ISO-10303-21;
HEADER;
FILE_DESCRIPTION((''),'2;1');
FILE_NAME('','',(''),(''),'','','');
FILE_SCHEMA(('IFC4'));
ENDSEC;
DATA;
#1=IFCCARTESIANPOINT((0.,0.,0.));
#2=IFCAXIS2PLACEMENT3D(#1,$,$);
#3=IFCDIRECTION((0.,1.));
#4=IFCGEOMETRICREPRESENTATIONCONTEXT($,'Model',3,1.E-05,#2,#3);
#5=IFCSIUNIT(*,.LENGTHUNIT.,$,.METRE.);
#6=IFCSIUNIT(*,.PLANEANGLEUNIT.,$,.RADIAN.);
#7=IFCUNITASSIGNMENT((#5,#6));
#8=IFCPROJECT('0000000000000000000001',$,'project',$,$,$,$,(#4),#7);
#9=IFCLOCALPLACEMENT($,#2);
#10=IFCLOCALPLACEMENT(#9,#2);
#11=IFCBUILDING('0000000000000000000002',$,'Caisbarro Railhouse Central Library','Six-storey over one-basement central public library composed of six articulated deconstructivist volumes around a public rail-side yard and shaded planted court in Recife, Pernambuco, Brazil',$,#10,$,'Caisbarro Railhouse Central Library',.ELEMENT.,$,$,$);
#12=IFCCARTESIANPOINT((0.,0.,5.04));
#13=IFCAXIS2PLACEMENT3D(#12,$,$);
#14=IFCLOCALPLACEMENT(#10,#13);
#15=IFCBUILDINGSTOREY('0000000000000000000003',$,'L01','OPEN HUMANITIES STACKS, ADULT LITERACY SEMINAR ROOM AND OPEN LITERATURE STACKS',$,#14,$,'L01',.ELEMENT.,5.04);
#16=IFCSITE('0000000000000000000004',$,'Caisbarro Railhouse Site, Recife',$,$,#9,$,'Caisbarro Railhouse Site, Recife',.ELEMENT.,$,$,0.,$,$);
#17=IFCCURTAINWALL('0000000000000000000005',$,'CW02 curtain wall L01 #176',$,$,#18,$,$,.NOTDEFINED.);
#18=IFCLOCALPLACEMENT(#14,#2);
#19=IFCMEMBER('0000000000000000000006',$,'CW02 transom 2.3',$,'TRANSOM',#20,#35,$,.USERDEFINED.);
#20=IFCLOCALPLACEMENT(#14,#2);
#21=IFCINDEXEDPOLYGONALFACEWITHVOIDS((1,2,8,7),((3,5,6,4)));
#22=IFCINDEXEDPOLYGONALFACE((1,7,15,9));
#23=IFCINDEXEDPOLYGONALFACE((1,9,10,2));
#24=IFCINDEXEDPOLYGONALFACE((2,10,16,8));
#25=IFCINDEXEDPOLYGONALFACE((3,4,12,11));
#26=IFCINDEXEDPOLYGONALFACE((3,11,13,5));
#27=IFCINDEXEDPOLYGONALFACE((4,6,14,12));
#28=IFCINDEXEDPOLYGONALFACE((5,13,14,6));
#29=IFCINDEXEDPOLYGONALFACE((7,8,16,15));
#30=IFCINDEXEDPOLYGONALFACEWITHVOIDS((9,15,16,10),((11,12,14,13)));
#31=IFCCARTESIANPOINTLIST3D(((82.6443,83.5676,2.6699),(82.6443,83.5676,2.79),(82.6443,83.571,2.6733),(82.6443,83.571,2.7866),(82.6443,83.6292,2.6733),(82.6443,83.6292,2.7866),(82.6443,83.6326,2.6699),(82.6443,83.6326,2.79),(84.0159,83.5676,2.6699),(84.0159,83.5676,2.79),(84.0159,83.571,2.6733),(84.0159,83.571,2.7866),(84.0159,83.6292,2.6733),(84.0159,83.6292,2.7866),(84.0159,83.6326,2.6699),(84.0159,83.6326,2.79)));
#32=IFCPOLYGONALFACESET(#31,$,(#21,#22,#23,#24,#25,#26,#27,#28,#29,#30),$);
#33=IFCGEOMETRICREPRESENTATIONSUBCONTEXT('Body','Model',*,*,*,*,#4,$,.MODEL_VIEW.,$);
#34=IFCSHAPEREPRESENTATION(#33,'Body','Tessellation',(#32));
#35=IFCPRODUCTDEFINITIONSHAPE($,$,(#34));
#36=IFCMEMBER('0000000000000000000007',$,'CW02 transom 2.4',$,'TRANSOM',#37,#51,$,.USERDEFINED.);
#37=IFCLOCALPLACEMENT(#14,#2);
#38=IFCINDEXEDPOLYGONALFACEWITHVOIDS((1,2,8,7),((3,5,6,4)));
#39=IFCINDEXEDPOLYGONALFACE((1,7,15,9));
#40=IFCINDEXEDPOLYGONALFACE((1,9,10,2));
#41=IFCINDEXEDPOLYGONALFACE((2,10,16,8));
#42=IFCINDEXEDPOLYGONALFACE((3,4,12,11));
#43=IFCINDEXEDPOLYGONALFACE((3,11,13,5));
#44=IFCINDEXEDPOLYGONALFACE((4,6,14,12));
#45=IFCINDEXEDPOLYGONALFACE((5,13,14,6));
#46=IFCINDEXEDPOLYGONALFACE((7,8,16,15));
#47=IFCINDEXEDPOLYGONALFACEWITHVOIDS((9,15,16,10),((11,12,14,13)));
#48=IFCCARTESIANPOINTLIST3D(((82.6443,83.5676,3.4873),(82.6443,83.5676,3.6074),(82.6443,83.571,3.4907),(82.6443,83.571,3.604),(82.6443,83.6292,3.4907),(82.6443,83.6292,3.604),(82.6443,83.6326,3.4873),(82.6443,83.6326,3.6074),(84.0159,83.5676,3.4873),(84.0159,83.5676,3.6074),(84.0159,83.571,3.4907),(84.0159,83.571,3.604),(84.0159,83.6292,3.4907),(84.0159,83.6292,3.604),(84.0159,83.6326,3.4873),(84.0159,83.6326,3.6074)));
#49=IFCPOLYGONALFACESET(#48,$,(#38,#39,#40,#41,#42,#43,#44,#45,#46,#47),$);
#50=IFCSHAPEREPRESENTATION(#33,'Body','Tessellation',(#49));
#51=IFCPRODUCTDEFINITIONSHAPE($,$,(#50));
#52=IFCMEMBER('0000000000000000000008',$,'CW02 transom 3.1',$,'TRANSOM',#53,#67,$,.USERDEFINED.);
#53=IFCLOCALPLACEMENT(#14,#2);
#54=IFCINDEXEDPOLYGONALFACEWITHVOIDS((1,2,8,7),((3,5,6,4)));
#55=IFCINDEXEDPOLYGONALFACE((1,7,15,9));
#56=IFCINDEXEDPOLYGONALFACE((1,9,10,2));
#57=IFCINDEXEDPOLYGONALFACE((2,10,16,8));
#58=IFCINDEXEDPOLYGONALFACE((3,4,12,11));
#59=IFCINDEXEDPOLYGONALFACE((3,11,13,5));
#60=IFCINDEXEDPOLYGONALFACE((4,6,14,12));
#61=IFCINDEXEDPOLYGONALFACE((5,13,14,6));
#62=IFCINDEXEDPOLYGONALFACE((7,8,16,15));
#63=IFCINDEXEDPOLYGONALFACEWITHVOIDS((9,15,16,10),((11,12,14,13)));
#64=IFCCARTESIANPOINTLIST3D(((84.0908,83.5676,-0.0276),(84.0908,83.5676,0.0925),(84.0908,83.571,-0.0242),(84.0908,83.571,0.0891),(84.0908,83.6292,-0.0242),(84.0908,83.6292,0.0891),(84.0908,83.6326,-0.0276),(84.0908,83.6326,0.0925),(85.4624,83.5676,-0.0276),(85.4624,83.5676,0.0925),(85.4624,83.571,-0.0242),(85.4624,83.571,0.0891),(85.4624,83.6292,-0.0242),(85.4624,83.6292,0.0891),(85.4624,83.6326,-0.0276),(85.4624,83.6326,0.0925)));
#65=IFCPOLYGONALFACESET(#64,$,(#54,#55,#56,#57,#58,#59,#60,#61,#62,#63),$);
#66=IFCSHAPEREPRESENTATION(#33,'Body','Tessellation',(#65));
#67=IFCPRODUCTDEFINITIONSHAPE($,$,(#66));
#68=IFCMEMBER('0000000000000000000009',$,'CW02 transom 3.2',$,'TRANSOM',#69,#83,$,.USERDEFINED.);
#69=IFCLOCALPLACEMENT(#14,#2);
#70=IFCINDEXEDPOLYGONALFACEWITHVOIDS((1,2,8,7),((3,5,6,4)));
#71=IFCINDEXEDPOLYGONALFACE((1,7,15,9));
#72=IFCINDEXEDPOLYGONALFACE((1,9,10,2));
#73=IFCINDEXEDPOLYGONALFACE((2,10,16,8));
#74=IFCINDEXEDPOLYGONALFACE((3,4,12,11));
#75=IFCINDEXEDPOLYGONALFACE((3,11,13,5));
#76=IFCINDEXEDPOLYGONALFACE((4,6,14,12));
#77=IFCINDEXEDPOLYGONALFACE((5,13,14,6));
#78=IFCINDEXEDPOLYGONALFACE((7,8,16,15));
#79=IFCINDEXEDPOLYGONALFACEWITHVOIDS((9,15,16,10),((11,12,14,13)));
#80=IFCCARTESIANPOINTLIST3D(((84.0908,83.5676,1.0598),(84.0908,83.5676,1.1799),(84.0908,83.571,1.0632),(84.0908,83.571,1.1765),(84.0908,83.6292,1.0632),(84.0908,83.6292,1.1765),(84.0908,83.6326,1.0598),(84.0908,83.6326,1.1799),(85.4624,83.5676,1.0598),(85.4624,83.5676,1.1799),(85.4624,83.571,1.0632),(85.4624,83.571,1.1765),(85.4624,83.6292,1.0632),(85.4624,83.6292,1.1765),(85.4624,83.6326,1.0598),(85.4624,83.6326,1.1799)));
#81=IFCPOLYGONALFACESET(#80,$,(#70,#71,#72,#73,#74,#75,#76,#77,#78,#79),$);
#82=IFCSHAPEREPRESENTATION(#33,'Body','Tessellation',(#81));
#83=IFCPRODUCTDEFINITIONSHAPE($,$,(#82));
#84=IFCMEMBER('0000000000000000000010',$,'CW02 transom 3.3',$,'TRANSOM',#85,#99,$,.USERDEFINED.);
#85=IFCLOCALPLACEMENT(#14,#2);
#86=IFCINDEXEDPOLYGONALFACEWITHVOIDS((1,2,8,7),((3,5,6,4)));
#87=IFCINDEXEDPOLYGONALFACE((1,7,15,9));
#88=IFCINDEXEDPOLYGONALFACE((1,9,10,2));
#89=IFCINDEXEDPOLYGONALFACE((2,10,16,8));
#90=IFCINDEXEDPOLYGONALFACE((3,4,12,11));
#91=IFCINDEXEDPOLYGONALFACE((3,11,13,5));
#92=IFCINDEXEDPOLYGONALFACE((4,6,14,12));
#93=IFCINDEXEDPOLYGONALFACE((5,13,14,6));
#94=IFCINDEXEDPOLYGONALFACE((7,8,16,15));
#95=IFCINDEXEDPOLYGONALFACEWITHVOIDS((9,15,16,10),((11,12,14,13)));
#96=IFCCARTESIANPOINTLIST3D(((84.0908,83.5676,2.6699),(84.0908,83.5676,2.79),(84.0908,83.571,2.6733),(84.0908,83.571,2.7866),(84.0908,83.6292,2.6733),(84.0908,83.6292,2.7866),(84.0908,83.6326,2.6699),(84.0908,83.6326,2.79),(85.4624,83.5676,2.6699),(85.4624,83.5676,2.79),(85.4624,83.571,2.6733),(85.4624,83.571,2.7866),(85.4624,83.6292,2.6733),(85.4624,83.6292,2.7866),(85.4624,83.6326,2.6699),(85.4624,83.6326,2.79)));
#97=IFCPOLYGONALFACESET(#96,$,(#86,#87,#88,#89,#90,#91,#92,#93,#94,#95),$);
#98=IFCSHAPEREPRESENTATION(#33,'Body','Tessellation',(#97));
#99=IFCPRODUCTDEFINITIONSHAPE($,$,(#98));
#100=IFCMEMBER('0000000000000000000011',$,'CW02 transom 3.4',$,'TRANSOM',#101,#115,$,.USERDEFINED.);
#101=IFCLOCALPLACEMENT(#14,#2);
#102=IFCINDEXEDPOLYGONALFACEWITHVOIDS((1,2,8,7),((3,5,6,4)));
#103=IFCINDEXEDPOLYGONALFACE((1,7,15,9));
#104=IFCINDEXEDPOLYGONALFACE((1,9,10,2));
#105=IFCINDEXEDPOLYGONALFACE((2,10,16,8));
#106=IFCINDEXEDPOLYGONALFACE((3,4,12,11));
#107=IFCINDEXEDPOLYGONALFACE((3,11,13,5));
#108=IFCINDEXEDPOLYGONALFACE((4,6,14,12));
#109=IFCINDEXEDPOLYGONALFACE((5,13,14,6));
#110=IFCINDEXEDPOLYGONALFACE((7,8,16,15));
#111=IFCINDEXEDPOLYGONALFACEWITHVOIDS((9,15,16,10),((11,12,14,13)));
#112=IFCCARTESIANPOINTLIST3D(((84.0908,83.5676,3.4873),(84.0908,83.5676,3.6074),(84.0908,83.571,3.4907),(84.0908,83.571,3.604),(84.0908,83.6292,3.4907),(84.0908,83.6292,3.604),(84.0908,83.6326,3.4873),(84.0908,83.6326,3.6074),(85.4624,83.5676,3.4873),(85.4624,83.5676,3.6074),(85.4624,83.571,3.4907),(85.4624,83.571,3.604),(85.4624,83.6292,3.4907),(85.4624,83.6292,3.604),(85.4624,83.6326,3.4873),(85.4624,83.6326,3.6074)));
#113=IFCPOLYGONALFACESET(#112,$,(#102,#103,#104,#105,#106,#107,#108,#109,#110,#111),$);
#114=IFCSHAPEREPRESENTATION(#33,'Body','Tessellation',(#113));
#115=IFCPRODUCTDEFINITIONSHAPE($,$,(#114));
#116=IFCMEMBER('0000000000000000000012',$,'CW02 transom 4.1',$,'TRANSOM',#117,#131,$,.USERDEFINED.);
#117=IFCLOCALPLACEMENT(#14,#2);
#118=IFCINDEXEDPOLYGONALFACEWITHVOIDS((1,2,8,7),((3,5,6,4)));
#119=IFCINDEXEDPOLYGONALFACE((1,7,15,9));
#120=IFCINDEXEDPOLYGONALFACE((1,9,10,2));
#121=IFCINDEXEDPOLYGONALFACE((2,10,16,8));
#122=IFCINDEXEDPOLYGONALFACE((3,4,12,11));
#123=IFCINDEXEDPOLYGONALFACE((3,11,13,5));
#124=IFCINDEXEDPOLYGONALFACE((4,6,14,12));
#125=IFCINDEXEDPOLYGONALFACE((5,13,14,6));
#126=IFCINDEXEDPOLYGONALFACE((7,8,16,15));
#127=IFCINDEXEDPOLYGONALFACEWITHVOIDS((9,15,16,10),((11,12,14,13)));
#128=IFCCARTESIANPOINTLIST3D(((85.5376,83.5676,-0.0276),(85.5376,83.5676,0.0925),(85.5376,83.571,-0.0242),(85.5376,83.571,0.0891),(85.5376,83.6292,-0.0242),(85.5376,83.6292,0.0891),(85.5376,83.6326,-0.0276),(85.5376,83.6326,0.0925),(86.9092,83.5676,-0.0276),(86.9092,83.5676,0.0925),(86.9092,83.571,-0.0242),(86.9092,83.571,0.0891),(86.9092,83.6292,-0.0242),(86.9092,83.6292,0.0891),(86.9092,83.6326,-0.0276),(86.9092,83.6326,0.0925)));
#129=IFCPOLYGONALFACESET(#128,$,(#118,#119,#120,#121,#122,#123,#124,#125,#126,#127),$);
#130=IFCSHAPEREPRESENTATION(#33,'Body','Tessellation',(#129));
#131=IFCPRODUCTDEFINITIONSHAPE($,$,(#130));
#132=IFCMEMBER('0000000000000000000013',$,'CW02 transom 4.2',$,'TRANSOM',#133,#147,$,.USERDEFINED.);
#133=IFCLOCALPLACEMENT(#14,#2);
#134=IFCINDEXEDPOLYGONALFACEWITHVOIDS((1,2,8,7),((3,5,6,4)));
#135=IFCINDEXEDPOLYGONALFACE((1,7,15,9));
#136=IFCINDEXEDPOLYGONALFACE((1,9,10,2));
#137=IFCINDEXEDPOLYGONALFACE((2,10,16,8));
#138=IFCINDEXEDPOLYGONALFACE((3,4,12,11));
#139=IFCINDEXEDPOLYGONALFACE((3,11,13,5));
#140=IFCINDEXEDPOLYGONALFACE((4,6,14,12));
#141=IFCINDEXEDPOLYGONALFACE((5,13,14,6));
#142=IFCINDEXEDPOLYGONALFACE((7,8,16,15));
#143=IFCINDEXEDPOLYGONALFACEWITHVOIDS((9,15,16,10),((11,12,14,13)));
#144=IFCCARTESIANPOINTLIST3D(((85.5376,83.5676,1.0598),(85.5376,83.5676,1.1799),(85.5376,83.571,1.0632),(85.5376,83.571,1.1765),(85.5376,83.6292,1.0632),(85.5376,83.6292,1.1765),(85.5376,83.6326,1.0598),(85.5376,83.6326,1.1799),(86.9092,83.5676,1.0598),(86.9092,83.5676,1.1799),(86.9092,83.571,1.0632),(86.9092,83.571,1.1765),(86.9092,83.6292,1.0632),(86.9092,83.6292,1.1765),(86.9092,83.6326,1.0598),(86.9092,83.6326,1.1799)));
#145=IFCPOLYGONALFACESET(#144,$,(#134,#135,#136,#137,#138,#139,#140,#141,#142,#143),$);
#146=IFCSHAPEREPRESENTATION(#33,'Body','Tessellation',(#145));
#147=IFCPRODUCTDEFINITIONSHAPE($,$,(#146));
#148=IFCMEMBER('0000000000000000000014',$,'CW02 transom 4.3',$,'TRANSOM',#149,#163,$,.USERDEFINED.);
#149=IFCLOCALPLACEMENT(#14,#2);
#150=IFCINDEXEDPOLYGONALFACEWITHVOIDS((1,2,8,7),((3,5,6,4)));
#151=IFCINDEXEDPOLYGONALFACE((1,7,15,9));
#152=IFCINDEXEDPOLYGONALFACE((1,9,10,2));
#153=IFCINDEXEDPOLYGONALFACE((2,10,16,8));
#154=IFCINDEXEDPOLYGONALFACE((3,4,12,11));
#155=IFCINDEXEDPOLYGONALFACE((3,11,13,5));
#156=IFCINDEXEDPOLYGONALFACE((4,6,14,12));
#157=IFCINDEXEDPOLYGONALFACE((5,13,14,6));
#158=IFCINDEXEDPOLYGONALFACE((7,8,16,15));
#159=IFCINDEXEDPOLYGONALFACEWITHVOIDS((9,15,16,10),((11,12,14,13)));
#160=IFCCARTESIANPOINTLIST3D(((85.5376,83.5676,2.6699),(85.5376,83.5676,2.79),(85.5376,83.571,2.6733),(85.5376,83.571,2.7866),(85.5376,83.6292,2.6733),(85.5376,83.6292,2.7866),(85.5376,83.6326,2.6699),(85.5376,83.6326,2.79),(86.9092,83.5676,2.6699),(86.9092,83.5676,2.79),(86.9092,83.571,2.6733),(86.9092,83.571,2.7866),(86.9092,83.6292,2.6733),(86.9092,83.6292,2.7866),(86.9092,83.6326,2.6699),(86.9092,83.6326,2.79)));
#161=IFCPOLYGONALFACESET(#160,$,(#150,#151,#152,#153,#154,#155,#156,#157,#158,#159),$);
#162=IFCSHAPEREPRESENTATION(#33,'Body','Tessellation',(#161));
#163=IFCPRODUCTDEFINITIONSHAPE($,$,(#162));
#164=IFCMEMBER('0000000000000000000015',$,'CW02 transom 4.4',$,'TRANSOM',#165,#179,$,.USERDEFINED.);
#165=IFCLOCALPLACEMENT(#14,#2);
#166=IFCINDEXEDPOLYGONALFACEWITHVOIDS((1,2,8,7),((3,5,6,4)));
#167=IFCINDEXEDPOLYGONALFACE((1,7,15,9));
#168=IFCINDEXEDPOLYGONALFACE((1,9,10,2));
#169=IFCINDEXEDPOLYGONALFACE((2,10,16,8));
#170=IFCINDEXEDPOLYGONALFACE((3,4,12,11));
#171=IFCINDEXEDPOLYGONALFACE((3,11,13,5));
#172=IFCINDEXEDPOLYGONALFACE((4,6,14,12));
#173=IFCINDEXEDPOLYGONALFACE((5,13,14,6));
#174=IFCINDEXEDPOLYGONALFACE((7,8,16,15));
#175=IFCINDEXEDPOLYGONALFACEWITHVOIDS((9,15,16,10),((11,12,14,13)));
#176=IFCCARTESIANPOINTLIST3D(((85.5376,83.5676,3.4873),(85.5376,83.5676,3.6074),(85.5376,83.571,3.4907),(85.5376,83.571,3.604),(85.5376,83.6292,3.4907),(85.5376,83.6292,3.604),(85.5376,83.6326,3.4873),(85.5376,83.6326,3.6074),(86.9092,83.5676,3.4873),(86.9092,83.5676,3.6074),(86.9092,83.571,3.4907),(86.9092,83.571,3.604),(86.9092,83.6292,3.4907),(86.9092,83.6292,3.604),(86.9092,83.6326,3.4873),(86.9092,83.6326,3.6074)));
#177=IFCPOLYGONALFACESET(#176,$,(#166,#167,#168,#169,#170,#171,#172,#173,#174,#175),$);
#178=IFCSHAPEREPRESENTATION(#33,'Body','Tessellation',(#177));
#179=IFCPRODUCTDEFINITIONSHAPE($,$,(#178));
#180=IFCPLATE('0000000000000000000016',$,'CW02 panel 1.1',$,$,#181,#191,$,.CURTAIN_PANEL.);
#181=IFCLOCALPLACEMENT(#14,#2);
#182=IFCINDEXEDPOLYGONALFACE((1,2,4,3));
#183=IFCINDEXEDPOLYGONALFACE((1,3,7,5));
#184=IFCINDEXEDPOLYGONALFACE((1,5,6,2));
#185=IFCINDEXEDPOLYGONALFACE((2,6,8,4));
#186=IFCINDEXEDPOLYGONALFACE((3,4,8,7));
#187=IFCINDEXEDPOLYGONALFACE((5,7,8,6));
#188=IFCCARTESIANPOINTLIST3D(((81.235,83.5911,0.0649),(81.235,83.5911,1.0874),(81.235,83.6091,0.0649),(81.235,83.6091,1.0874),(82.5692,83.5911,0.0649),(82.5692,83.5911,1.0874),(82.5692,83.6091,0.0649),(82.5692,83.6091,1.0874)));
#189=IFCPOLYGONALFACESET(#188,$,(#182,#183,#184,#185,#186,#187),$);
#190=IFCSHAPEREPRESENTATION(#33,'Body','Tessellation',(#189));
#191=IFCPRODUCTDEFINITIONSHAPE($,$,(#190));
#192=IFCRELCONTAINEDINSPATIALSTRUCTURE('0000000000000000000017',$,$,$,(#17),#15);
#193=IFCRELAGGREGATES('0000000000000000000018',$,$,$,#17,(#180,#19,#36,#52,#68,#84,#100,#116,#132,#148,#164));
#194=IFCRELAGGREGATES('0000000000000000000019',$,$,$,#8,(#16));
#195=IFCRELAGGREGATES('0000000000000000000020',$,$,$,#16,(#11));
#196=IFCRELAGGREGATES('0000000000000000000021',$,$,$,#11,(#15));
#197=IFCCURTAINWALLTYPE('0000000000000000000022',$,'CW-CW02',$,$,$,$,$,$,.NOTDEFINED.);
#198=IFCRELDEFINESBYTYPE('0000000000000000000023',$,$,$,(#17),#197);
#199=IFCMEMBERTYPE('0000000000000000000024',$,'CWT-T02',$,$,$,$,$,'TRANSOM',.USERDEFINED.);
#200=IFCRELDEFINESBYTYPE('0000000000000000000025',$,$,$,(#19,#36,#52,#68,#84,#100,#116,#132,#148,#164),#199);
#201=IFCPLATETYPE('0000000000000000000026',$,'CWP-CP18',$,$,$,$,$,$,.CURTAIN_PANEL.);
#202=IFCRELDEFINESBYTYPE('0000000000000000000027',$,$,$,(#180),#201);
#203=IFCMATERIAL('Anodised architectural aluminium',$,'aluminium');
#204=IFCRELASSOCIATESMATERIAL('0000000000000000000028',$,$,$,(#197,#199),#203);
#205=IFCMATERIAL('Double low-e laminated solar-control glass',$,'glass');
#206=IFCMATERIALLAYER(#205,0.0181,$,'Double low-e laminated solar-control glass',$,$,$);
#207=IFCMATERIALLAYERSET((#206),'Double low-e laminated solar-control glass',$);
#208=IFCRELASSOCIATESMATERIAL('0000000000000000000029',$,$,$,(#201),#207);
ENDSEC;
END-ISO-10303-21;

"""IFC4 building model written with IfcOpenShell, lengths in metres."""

from ifc_helpers import new_model, si_unit, direction, frame, origin, origin_2d, place, context, subcontext, project, spatial, rectangle, hollow_rectangle, extrude, material, layer, layer_set, material_profile, profile_set, type_object, element, aggregate, save


model = new_model("IFC4")

# Units and contexts
model_context = context("Model", 3, precision=1e-05, world=origin(), true_north=direction((0.0, 1.0)))
body_context = subcontext(model_context, "Body", "Model", "MODEL_VIEW")
ifc_project = project(units=[si_unit("LENGTHUNIT", "METRE"), si_unit("PLANEANGLEUNIT", "RADIAN")], contexts=[model_context])

# Site, building, storey
site_placement = place(None, origin())
site = spatial("IfcSite", under=ifc_project, at=site_placement, Name="Caisbarro Railhouse Site, Recife", LongName="Caisbarro Railhouse Site, Recife", CompositionType="ELEMENT", RefElevation=0.0)
building_placement = place(site_placement, origin())
building = spatial("IfcBuilding", under=site, at=building_placement, Name="Caisbarro Railhouse Central Library", Description="Six-storey over one-basement central public library composed of six articulated deconstructivist volumes around a public rail-side yard and shaded planted court in Recife, Pernambuco, Brazil", LongName="Caisbarro Railhouse Central Library", CompositionType="ELEMENT")
storey_placement = place(building_placement, frame((0.0, 0.0, 5.04)))
storey = spatial("IfcBuildingStorey", under=building, at=storey_placement, Name="L01", Description="OPEN HUMANITIES STACKS, ADULT LITERACY SEMINAR ROOM AND OPEN LITERATURE STACKS", LongName="L01", CompositionType="ELEMENT", Elevation=5.04)

# Curtain wall, members, plate
ifc_material_1 = material(Name="Anodised architectural aluminium", Category="aluminium")
curtain_wall_type = type_object("IfcCurtainWallType", Name="CW-CW02", PredefinedType="NOTDEFINED", material=ifc_material_1)
curtain_wall_placement = place(storey_placement, origin())
curtain_wall = element("IfcCurtainWall", 1, at=curtain_wall_placement, inside=storey, type_object=curtain_wall_type, Name="CW02 curtain wall L01 #176", PredefinedType="NOTDEFINED")
ifc_material_profile_1 = material_profile(ifc_material_1, hollow_rectangle(XDim=0.0649, YDim=0.1201, WallThickness=0.0034, at=origin_2d()), Name="ALU-TRN-65X120")
ifc_profile_set_1 = profile_set([ifc_material_profile_1], Name="Anodised architectural aluminium")
member_type_1 = type_object("IfcMemberType", Name="CWT-T02", ElementType="TRANSOM", PredefinedType="USERDEFINED", material=ifc_profile_set_1)
member_1_placement = place(storey_placement, frame((82.6443, 83.6001, 2.73), z_axis=(1.0, 0.0, 0.0), x_axis=(0.0, 1.0, 0.0)))
member_1 = element("IfcMember", 2, at=member_1_placement, type_object=member_type_1, Name="CW02 transom 2.3", ObjectType="TRANSOM", PredefinedType="USERDEFINED", context=body_context, shape_type="SweptSolid", body=[
    extrude(hollow_rectangle(XDim=0.0649, YDim=0.1201, WallThickness=0.0034, at=origin_2d()), origin(), (0.0, 0.0, 1.0), 1.3716),
])
member_2_placement = place(storey_placement, frame((82.6443, 83.6001, 3.5474), z_axis=(1.0, 0.0, 0.0), x_axis=(0.0, 1.0, 0.0)))
member_2 = element("IfcMember", 3, at=member_2_placement, type_object=member_type_1, Name="CW02 transom 2.4", ObjectType="TRANSOM", PredefinedType="USERDEFINED", context=body_context, shape_type="SweptSolid", body=[
    extrude(hollow_rectangle(XDim=0.0649, YDim=0.1201, WallThickness=0.0034, at=origin_2d()), origin(), (0.0, 0.0, 1.0), 1.3716),
])
member_3_placement = place(storey_placement, frame((84.0908, 83.6001, 0.0325), z_axis=(1.0, 0.0, 0.0), x_axis=(0.0, 1.0, 0.0)))
member_3 = element("IfcMember", 4, at=member_3_placement, type_object=member_type_1, Name="CW02 transom 3.1", ObjectType="TRANSOM", PredefinedType="USERDEFINED", context=body_context, shape_type="SweptSolid", body=[
    extrude(hollow_rectangle(XDim=0.0649, YDim=0.1201, WallThickness=0.0034, at=origin_2d()), origin(), (0.0, 0.0, 1.0), 1.3716),
])
member_4_placement = place(storey_placement, frame((84.0908, 83.6001, 1.1199), z_axis=(1.0, 0.0, 0.0), x_axis=(0.0, 1.0, 0.0)))
member_4 = element("IfcMember", 5, at=member_4_placement, type_object=member_type_1, Name="CW02 transom 3.2", ObjectType="TRANSOM", PredefinedType="USERDEFINED", context=body_context, shape_type="SweptSolid", body=[
    extrude(hollow_rectangle(XDim=0.0649, YDim=0.1201, WallThickness=0.0034, at=origin_2d()), origin(), (0.0, 0.0, 1.0), 1.3716),
])
member_5_placement = place(storey_placement, frame((84.0908, 83.6001, 2.73), z_axis=(1.0, 0.0, 0.0), x_axis=(0.0, 1.0, 0.0)))
member_5 = element("IfcMember", 6, at=member_5_placement, type_object=member_type_1, Name="CW02 transom 3.3", ObjectType="TRANSOM", PredefinedType="USERDEFINED", context=body_context, shape_type="SweptSolid", body=[
    extrude(hollow_rectangle(XDim=0.0649, YDim=0.1201, WallThickness=0.0034, at=origin_2d()), origin(), (0.0, 0.0, 1.0), 1.3716),
])
member_6_placement = place(storey_placement, frame((84.0908, 83.6001, 3.5474), z_axis=(1.0, 0.0, 0.0), x_axis=(0.0, 1.0, 0.0)))
member_6 = element("IfcMember", 7, at=member_6_placement, type_object=member_type_1, Name="CW02 transom 3.4", ObjectType="TRANSOM", PredefinedType="USERDEFINED", context=body_context, shape_type="SweptSolid", body=[
    extrude(hollow_rectangle(XDim=0.0649, YDim=0.1201, WallThickness=0.0034, at=origin_2d()), origin(), (0.0, 0.0, 1.0), 1.3716),
])
member_7_placement = place(storey_placement, frame((85.5376, 83.6001, 0.0325), z_axis=(1.0, 0.0, 0.0), x_axis=(0.0, 1.0, 0.0)))
member_7 = element("IfcMember", 8, at=member_7_placement, type_object=member_type_1, Name="CW02 transom 4.1", ObjectType="TRANSOM", PredefinedType="USERDEFINED", context=body_context, shape_type="SweptSolid", body=[
    extrude(hollow_rectangle(XDim=0.0649, YDim=0.1201, WallThickness=0.0034, at=origin_2d()), origin(), (0.0, 0.0, 1.0), 1.3716),
])
member_8_placement = place(storey_placement, frame((85.5376, 83.6001, 1.1199), z_axis=(1.0, 0.0, 0.0), x_axis=(0.0, 1.0, 0.0)))
member_8 = element("IfcMember", 9, at=member_8_placement, type_object=member_type_1, Name="CW02 transom 4.2", ObjectType="TRANSOM", PredefinedType="USERDEFINED", context=body_context, shape_type="SweptSolid", body=[
    extrude(hollow_rectangle(XDim=0.0649, YDim=0.1201, WallThickness=0.0034, at=origin_2d()), origin(), (0.0, 0.0, 1.0), 1.3716),
])
member_9_placement = place(storey_placement, frame((85.5376, 83.6001, 2.73), z_axis=(1.0, 0.0, 0.0), x_axis=(0.0, 1.0, 0.0)))
member_9 = element("IfcMember", 10, at=member_9_placement, type_object=member_type_1, Name="CW02 transom 4.3", ObjectType="TRANSOM", PredefinedType="USERDEFINED", context=body_context, shape_type="SweptSolid", body=[
    extrude(hollow_rectangle(XDim=0.0649, YDim=0.1201, WallThickness=0.0034, at=origin_2d()), origin(), (0.0, 0.0, 1.0), 1.3716),
])
member_10_placement = place(storey_placement, frame((85.5376, 83.6001, 3.5474), z_axis=(1.0, 0.0, 0.0), x_axis=(0.0, 1.0, 0.0)))
member_10 = element("IfcMember", 11, at=member_10_placement, type_object=member_type_1, Name="CW02 transom 4.4", ObjectType="TRANSOM", PredefinedType="USERDEFINED", context=body_context, shape_type="SweptSolid", body=[
    extrude(hollow_rectangle(XDim=0.0649, YDim=0.1201, WallThickness=0.0034, at=origin_2d()), origin(), (0.0, 0.0, 1.0), 1.3716),
])
ifc_material_2 = material(Name="Double low-e laminated solar-control glass", Category="glass")
ifc_layer = layer(ifc_material_2, 0.0181, Name="Double low-e laminated solar-control glass")
ifc_layer_set = layer_set([ifc_layer], Name="Double low-e laminated solar-control glass")
plate_type = type_object("IfcPlateType", Name="CWP-CP18", PredefinedType="CURTAIN_PANEL", material=ifc_layer_set)
plate_1_placement = place(storey_placement, frame((81.9021, 83.6001, 0.0649), z_axis=(0.0, 0.0, 1.0), x_axis=(1.0, 0.0, 0.0)))
plate_1 = element("IfcPlate", 12, at=plate_1_placement, type_object=plate_type, Name="CW02 panel 1.1", PredefinedType="CURTAIN_PANEL", context=body_context, shape_type="SweptSolid", body=[
    extrude(rectangle(XDim=1.3342, YDim=0.0181, at=origin_2d()), origin(), (0.0, 0.0, 1.0), 1.0225),
])
aggregate(curtain_wall, [plate_1, member_1, member_2, member_3, member_4, member_5, member_6, member_7, member_8, member_9, member_10])

save(model, "model.ifc")
